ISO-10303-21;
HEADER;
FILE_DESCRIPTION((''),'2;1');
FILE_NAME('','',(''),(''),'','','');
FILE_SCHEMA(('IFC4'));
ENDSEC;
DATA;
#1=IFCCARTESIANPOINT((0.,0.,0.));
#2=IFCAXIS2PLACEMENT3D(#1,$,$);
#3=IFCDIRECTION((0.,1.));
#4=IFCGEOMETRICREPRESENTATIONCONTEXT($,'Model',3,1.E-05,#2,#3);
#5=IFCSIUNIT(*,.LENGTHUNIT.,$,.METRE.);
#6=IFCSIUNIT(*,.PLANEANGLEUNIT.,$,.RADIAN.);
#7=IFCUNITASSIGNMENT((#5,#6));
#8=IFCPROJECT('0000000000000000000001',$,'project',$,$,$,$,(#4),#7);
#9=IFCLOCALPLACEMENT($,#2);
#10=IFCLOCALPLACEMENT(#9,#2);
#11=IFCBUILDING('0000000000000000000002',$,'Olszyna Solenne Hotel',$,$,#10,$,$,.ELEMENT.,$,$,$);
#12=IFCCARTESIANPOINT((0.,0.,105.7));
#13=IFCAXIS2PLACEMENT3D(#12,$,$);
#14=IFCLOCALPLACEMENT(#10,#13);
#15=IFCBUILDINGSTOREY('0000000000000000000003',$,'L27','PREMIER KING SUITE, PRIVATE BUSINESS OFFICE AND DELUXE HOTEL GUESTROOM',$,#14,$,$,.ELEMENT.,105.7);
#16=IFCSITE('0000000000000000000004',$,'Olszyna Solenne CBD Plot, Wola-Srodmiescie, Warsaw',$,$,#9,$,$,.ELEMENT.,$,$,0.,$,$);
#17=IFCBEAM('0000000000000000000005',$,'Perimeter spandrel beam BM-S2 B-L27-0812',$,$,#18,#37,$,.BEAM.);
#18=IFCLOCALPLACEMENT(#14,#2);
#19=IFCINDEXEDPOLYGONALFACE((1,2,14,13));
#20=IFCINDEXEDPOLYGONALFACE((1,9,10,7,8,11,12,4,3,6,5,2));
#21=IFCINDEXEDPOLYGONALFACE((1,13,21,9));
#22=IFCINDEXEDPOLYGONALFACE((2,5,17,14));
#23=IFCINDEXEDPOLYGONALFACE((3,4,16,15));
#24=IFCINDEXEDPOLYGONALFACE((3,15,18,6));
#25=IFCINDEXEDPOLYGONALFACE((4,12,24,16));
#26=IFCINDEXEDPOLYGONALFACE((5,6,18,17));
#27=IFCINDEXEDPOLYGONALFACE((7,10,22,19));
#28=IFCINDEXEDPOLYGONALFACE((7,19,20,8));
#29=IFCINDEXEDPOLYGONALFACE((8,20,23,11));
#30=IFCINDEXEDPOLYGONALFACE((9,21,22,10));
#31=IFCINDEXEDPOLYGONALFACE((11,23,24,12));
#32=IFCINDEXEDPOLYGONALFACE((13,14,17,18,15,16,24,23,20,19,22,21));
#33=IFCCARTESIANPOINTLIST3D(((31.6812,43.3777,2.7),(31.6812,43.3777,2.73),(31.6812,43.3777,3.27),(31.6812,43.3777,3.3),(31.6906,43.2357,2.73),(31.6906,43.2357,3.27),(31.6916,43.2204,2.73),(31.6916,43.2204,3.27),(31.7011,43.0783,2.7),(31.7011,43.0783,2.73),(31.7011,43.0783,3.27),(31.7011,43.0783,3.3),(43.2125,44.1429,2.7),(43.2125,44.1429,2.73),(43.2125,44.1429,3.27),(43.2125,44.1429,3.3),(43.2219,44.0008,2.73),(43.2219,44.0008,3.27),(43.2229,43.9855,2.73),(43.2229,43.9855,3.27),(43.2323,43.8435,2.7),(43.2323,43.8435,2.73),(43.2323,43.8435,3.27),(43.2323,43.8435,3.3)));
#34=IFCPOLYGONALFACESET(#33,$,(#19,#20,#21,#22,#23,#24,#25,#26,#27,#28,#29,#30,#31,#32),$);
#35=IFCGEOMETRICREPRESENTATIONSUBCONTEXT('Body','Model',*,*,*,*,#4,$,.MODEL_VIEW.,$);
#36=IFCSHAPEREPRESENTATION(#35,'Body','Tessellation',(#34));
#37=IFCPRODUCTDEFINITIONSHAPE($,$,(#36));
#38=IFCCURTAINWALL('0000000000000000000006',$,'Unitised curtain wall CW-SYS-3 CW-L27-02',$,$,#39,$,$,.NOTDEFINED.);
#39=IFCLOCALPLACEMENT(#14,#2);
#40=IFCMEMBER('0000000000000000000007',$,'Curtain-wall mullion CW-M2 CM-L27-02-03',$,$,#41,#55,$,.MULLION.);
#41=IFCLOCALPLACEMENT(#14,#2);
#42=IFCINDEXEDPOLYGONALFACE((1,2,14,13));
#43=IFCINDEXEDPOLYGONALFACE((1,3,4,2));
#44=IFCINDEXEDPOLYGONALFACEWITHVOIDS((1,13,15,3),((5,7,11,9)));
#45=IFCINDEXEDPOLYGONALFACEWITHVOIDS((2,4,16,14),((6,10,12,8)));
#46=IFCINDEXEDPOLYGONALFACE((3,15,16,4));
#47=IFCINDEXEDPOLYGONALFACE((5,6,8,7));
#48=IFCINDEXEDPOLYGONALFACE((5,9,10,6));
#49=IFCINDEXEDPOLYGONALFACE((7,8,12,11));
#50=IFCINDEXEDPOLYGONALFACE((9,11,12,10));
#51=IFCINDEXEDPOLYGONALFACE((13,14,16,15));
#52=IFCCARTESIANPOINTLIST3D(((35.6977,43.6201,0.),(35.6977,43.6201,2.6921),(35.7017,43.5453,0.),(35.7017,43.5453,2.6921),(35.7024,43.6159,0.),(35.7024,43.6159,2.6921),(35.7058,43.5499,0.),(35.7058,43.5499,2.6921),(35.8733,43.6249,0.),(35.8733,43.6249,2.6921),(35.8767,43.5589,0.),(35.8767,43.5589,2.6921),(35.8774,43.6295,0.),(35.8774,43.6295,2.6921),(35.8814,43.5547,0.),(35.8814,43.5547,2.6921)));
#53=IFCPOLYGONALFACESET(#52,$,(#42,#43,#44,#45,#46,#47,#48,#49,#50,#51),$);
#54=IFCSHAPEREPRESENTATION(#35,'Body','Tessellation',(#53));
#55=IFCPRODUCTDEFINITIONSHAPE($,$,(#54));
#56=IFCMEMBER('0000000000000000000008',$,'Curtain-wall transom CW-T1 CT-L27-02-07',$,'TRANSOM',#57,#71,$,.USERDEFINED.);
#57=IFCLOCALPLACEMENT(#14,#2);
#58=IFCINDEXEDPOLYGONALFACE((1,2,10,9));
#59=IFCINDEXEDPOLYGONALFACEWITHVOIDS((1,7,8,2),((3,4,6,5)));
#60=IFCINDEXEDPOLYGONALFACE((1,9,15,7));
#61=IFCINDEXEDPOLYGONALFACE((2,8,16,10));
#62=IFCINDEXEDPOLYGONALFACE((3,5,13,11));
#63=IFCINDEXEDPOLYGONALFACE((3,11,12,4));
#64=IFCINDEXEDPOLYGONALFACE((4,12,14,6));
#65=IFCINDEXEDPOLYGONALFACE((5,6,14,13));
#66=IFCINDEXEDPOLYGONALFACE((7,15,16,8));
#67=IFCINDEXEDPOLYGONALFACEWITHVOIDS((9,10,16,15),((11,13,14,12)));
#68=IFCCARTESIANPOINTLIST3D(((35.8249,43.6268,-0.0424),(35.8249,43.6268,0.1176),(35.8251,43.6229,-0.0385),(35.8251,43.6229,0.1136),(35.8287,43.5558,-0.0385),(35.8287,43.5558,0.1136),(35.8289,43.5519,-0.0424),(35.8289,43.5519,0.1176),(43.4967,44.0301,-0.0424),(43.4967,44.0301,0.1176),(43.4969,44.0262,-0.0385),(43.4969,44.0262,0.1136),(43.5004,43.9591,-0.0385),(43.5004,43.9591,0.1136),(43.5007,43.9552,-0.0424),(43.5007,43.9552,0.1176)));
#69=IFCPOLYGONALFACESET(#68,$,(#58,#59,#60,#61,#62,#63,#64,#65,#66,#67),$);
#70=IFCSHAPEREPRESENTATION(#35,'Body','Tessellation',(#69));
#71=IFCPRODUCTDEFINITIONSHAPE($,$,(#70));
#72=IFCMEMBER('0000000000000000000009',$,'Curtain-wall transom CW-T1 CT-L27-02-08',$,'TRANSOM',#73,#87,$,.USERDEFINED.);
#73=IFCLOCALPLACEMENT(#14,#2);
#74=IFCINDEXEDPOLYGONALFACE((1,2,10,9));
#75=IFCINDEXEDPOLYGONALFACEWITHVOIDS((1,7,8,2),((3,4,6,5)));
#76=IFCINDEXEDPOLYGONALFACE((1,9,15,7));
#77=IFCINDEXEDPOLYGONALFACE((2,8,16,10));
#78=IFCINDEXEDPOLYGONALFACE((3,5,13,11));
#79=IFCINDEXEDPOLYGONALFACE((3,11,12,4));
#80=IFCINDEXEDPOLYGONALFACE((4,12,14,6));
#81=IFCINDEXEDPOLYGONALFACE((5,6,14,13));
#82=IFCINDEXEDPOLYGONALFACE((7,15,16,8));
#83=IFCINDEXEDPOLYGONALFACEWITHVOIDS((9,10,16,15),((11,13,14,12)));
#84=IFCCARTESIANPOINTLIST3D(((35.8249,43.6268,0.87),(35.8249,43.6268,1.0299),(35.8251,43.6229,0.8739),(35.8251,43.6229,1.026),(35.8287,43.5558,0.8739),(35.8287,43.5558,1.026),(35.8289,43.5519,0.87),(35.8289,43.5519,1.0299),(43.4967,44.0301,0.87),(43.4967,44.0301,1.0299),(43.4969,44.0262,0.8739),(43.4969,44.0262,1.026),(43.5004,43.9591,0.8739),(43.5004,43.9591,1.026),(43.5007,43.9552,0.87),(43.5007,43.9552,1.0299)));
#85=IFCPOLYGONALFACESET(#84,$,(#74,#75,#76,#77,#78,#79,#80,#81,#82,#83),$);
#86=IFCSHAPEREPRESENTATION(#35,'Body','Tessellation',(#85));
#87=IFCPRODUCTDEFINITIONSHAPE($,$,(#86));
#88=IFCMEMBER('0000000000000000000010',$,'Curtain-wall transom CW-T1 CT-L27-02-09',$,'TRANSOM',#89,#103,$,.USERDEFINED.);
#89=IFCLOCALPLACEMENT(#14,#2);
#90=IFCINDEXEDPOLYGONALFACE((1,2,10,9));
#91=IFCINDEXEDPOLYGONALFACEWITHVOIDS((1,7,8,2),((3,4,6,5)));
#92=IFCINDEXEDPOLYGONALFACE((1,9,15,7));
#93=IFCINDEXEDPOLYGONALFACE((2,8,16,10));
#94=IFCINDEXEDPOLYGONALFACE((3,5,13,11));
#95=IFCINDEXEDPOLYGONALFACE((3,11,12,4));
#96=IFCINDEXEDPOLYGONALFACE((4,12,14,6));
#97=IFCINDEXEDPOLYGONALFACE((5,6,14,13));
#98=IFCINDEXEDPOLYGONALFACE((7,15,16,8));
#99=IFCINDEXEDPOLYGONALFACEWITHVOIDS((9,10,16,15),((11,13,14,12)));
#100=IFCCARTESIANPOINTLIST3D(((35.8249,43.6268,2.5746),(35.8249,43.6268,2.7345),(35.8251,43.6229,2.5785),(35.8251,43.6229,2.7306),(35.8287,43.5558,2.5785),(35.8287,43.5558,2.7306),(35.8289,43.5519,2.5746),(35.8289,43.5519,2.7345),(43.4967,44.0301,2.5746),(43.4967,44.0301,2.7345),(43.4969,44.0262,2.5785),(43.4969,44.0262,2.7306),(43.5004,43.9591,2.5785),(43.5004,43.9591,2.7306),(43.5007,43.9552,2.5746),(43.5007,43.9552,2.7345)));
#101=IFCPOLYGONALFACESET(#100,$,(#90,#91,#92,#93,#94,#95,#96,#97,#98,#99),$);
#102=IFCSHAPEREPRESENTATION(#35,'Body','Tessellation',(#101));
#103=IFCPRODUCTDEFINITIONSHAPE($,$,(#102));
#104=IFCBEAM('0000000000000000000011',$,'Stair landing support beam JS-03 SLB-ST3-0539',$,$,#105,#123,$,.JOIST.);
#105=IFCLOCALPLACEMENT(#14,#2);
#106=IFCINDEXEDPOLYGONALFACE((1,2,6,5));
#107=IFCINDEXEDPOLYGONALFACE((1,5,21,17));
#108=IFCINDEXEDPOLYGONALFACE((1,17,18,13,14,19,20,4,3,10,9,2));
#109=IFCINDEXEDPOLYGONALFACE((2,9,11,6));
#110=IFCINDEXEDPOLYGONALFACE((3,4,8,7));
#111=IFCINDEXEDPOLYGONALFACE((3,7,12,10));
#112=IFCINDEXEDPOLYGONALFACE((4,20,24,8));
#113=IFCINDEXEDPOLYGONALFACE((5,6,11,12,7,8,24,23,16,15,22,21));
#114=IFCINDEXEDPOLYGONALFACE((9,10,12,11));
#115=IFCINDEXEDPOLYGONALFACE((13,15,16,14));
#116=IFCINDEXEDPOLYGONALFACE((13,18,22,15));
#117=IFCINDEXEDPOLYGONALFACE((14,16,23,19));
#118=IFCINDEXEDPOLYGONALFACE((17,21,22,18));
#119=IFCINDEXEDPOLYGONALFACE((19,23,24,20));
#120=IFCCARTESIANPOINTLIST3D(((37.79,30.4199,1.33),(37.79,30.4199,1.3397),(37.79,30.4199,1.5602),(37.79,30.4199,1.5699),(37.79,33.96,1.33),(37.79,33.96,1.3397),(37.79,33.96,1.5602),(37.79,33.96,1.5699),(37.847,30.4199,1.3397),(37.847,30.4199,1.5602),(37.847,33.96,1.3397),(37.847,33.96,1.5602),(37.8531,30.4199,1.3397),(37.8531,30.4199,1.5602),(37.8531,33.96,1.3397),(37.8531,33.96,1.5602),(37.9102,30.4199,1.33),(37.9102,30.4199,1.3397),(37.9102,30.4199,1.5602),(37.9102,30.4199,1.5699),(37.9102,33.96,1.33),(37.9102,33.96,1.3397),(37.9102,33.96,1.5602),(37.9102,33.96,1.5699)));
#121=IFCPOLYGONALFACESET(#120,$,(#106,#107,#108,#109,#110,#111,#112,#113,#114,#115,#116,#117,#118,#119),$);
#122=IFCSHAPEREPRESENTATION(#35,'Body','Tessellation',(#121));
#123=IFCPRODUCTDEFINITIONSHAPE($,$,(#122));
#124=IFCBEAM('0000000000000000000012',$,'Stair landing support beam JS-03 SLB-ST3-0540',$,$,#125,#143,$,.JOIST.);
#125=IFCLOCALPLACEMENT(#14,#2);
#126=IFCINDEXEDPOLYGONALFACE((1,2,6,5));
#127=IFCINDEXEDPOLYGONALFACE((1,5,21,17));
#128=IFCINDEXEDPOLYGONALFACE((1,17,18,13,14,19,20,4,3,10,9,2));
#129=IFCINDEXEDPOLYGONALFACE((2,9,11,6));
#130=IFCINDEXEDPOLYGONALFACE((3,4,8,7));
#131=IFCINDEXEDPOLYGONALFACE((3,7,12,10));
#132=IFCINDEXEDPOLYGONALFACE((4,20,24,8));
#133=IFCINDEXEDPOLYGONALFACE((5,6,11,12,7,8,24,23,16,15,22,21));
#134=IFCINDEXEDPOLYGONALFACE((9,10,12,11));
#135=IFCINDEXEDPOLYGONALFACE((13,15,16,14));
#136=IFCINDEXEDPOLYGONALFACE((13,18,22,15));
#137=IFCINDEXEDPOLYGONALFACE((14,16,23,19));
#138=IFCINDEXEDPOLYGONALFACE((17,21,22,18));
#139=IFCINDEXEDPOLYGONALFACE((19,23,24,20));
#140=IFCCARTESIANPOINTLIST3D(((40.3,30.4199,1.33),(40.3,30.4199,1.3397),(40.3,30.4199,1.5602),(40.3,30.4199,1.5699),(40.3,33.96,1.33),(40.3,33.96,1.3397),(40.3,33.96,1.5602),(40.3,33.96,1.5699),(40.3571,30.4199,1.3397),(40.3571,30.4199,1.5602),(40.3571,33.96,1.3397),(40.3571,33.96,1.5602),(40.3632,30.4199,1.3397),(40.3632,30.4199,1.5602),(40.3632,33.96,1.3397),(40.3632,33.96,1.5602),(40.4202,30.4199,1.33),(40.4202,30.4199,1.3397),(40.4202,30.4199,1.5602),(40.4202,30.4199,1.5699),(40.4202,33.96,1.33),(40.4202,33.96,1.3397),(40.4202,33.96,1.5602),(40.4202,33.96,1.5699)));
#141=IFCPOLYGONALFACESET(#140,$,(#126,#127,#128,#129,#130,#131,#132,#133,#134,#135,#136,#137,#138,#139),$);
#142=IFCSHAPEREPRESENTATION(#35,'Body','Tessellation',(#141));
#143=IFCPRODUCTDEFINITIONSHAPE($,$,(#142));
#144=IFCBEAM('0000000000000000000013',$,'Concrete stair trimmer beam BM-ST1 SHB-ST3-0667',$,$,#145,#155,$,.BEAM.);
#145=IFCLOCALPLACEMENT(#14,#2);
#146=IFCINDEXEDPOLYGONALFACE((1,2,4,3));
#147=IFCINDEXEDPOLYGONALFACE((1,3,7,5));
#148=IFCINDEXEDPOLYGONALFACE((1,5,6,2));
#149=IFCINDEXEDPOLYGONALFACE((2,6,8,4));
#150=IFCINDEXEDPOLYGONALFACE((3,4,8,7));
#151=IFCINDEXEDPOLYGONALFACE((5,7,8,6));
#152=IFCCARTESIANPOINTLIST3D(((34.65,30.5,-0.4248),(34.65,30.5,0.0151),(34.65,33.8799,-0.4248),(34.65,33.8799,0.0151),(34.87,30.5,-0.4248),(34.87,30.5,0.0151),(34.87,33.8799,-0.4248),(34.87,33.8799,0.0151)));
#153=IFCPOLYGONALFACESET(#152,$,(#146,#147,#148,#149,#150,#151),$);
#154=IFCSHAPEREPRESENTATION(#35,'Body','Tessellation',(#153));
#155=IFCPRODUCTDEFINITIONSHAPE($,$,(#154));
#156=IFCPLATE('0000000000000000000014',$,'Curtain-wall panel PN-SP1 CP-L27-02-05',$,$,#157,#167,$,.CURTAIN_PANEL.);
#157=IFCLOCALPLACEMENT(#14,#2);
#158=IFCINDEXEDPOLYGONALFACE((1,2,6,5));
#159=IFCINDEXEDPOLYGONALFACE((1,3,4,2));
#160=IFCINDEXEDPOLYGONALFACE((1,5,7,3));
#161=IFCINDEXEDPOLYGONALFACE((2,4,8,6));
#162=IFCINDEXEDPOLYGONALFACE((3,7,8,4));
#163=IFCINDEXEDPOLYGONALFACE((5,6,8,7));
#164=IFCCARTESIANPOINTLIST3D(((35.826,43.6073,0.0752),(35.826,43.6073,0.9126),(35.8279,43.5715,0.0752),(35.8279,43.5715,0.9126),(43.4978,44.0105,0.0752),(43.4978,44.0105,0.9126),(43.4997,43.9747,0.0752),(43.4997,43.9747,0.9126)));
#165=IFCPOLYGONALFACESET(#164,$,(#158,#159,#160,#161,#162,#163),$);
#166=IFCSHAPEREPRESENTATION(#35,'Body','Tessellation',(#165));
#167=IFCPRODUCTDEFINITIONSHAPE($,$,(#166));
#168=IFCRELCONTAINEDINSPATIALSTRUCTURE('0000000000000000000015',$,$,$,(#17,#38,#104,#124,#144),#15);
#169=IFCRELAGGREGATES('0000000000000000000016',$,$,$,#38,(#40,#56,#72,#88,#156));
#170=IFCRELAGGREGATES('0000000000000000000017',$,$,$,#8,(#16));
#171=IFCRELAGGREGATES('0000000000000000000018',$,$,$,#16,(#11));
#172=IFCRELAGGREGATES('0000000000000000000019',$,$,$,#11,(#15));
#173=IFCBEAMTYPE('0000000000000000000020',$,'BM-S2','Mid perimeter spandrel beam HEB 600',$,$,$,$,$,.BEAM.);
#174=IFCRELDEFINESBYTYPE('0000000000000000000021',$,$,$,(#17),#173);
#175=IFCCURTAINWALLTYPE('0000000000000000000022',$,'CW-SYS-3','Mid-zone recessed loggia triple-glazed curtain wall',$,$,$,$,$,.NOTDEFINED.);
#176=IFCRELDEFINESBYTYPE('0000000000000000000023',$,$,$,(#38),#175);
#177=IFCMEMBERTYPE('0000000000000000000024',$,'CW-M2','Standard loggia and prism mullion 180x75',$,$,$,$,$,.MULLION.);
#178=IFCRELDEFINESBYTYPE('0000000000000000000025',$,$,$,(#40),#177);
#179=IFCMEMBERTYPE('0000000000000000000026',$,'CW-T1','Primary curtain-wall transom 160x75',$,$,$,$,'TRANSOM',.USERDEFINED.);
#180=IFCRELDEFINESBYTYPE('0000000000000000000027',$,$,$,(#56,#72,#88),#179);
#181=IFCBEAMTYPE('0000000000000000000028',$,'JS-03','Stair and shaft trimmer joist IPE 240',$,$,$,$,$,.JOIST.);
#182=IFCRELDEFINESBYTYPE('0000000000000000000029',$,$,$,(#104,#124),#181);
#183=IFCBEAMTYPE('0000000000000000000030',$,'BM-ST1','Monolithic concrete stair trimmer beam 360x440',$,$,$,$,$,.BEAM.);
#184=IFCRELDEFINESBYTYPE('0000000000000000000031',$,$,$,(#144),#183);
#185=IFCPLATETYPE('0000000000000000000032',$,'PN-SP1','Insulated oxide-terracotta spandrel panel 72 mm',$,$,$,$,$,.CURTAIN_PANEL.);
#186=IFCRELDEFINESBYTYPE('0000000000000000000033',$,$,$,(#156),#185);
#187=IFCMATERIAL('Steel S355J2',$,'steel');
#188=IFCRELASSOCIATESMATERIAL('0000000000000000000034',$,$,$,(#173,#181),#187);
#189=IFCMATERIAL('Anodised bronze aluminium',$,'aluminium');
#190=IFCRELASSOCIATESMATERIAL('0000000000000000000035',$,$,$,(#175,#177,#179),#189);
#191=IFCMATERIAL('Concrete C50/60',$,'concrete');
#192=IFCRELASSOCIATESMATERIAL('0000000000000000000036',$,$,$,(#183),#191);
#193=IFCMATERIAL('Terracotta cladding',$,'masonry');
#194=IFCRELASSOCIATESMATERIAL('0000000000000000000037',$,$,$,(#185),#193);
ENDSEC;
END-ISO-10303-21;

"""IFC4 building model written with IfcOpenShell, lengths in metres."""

from ifc_helpers import new_model, si_unit, direction, frame, origin, origin_2d, place, context, subcontext, project, spatial, rectangle, hollow_rectangle, i_section, extrude, source, transform, mapped, material, material_profile, profile_set, type_object, element, aggregate, save


model = new_model("IFC4")

# Units and contexts
model_context = context("Model", 3, precision=1e-05, world=origin(), true_north=direction((0.0, 1.0)))
body_context = subcontext(model_context, "Body", "Model", "MODEL_VIEW")
ifc_project = project(units=[si_unit("LENGTHUNIT", "METRE"), si_unit("PLANEANGLEUNIT", "RADIAN")], contexts=[model_context])

# Site, building, storey
site_placement = place(None, origin())
site = spatial("IfcSite", under=ifc_project, at=site_placement, Name="Olszyna Solenne CBD Plot, Wola-Srodmiescie, Warsaw", CompositionType="ELEMENT", RefElevation=0.0)
building_placement = place(site_placement, origin())
building = spatial("IfcBuilding", under=site, at=building_placement, Name="Olszyna Solenne Hotel", CompositionType="ELEMENT")
storey_placement = place(building_placement, frame((0.0, 0.0, 105.7)))
storey = spatial("IfcBuildingStorey", under=building, at=storey_placement, Name="L27", Description="PREMIER KING SUITE, PRIVATE BUSINESS OFFICE AND DELUXE HOTEL GUESTROOM", CompositionType="ELEMENT", Elevation=105.7)

# Beam
ifc_material_1 = material(Name="Steel S355J2", Category="steel")
ifc_material_profile_1 = material_profile(ifc_material_1, i_section(OverallWidth=0.3, OverallDepth=0.6001, WebThickness=0.0154, FlangeThickness=0.03, at=origin_2d()), Name="HEB 600", Category="load-bearing")
ifc_profile_set_1 = profile_set([ifc_material_profile_1], Name="Steel S355J2")
beam_type_1 = type_object("IfcBeamType", Name="BM-S2", Description="Mid perimeter spandrel beam HEB 600", PredefinedType="BEAM", material=ifc_profile_set_1)
shared_shape_1 = source(origin(), body_context, "Body", "SweptSolid", [
    extrude(i_section(OverallWidth=0.3, OverallDepth=0.6001, WebThickness=0.0154, FlangeThickness=0.03, at=origin_2d()), origin(), (0.0, 0.0, 1.0), 11.5566),
])
beam_1_placement = place(storey_placement, frame((43.2224, 43.9932, 3.0), z_axis=(-0.997806, -0.066208, 0.0), x_axis=(0.066208, -0.997806, 0.0)))
element("IfcBeam", 1, at=beam_1_placement, inside=storey, type_object=beam_type_1, Name="Perimeter spandrel beam BM-S2 B-L27-0812", PredefinedType="BEAM", context=body_context, shape_type="MappedRepresentation", body=[
    mapped(shared_shape_1, transform((0.0, 0.0, 0.0), x_axis=(1.0, 0.0, 0.0), y_axis=(0.0, 1.0, 0.0), z_axis=(0.0, 0.0, 1.0), scale=1.0)),
])

# Curtain wall, members
ifc_material_2 = material(Name="Anodised bronze aluminium", Category="aluminium")
curtain_wall_type = type_object("IfcCurtainWallType", Name="CW-SYS-3", Description="Mid-zone recessed loggia triple-glazed curtain wall", PredefinedType="NOTDEFINED", material=ifc_material_2)
curtain_wall_placement = place(storey_placement, origin())
curtain_wall = element("IfcCurtainWall", 2, at=curtain_wall_placement, inside=storey, type_object=curtain_wall_type, Name="Unitised curtain wall CW-SYS-3 CW-L27-02", PredefinedType="NOTDEFINED")
ifc_material_profile_2 = material_profile(ifc_material_2, hollow_rectangle(XDim=0.075, YDim=0.1799, WallThickness=0.0044, at=origin_2d()), Name="MULL 180x75x4.5", Category="load-bearing")
ifc_profile_set_2 = profile_set([ifc_material_profile_2], Name="Anodised bronze aluminium")
member_type_1 = type_object("IfcMemberType", Name="CW-M2", Description="Standard loggia and prism mullion 180x75", PredefinedType="MULLION", material=ifc_profile_set_2)
shared_shape_2 = source(origin(), body_context, "Body", "SweptSolid", [
    extrude(hollow_rectangle(XDim=0.075, YDim=0.1799, WallThickness=0.0044, at=origin_2d()), origin(), (0.0, 0.0, 1.0), 2.6921),
])
member_1_placement = place(storey_placement, frame((35.7896, 43.5874, 0.0), z_axis=(0.0, 0.0, 1.0), x_axis=(-0.052483, 0.998622, 0.0)))
member_1 = element("IfcMember", 3, at=member_1_placement, type_object=member_type_1, Name="Curtain-wall mullion CW-M2 CM-L27-02-03", PredefinedType="MULLION", context=body_context, shape_type="MappedRepresentation", body=[
    mapped(shared_shape_2, transform((0.0, 0.0, 0.0), x_axis=(1.0, 0.0, 0.0), y_axis=(0.0, 1.0, 0.0), z_axis=(0.0, 0.0, 1.0), scale=1.0)),
])
ifc_material_profile_3 = material_profile(ifc_material_2, hollow_rectangle(XDim=0.075, YDim=0.1599, WallThickness=0.0039, at=origin_2d()), Name="TRAN 160x75x4", Category="load-bearing")
ifc_profile_set_3 = profile_set([ifc_material_profile_3], Name="Anodised bronze aluminium")
member_type_2 = type_object("IfcMemberType", Name="CW-T1", Description="Primary curtain-wall transom 160x75", ElementType="TRANSOM", PredefinedType="USERDEFINED", material=ifc_profile_set_3)
shared_shape_3 = source(origin(), body_context, "Body", "SweptSolid", [
    extrude(hollow_rectangle(XDim=0.075, YDim=0.1599, WallThickness=0.0039, at=origin_2d()), origin(), (0.0, 0.0, 1.0), 7.6824),
])
member_2_placement = place(storey_placement, frame((35.8269, 43.5894, 0.0376), z_axis=(0.998621, 0.052499, 0.0), x_axis=(-0.052499, 0.998621, 0.0)))
member_2 = element("IfcMember", 4, at=member_2_placement, type_object=member_type_2, Name="Curtain-wall transom CW-T1 CT-L27-02-07", ObjectType="TRANSOM", PredefinedType="USERDEFINED", context=body_context, shape_type="MappedRepresentation", body=[
    mapped(shared_shape_3, transform((0.0, 0.0, 0.0), x_axis=(1.0, 0.0, 0.0), y_axis=(0.0, 1.0, 0.0), z_axis=(0.0, 0.0, 1.0), scale=1.0)),
])
member_3_placement = place(storey_placement, frame((35.8269, 43.5894, 0.95), z_axis=(0.998621, 0.052499, 0.0), x_axis=(-0.052499, 0.998621, 0.0)))
member_3 = element("IfcMember", 5, at=member_3_placement, type_object=member_type_2, Name="Curtain-wall transom CW-T1 CT-L27-02-08", ObjectType="TRANSOM", PredefinedType="USERDEFINED", context=body_context, shape_type="MappedRepresentation", body=[
    mapped(shared_shape_3, transform((0.0, 0.0, 0.0), x_axis=(1.0, 0.0, 0.0), y_axis=(0.0, 1.0, 0.0), z_axis=(0.0, 0.0, 1.0), scale=1.0)),
])
member_4_placement = place(storey_placement, frame((35.8269, 43.5894, 2.6545), z_axis=(0.998621, 0.052499, 0.0), x_axis=(-0.052499, 0.998621, 0.0)))
member_4 = element("IfcMember", 6, at=member_4_placement, type_object=member_type_2, Name="Curtain-wall transom CW-T1 CT-L27-02-09", ObjectType="TRANSOM", PredefinedType="USERDEFINED", context=body_context, shape_type="MappedRepresentation", body=[
    mapped(shared_shape_3, transform((0.0, 0.0, 0.0), x_axis=(1.0, 0.0, 0.0), y_axis=(0.0, 1.0, 0.0), z_axis=(0.0, 0.0, 1.0), scale=1.0)),
])

# Beams
ifc_material_profile_4 = material_profile(ifc_material_1, i_section(OverallWidth=0.1201, OverallDepth=0.24, WebThickness=0.0061, FlangeThickness=0.0098, at=origin_2d()), Name="IPE 240", Category="load-bearing")
ifc_profile_set_4 = profile_set([ifc_material_profile_4], Name="Steel S355J2")
beam_type_2 = type_object("IfcBeamType", Name="JS-03", Description="Stair and shaft trimmer joist IPE 240", PredefinedType="JOIST", material=ifc_profile_set_4)
shared_shape_4 = source(origin(), body_context, "Body", "SweptSolid", [
    extrude(i_section(OverallWidth=0.1201, OverallDepth=0.24, WebThickness=0.0061, FlangeThickness=0.0098, at=origin_2d()), origin(), (0.0, 0.0, 1.0), 3.54),
])
for number, where, z_axis, x_axis, name in (
    (7, (37.8501, 30.4199, 1.45), (0.0, 1.0, 0.0), (-1.0, 0.0, 0.0), "Stair landing support beam JS-03 SLB-ST3-0539"),
    (8, (40.3601, 30.4199, 1.45), (0.0, 1.0, 0.0), (-1.0, 0.0, 0.0), "Stair landing support beam JS-03 SLB-ST3-0540"),
):
    element("IfcBeam", number, at=place(storey_placement, frame(where, z_axis=z_axis, x_axis=x_axis)), inside=storey, type_object=beam_type_2, Name=name, PredefinedType="JOIST", context=body_context, shape_type="MappedRepresentation", body=[
        mapped(shared_shape_4, transform((0.0, 0.0, 0.0), x_axis=(1.0, 0.0, 0.0), y_axis=(0.0, 1.0, 0.0), z_axis=(0.0, 0.0, 1.0), scale=1.0)),
    ])
ifc_material_3 = material(Name="Concrete C50/60", Category="concrete")
ifc_material_profile_5 = material_profile(ifc_material_3, rectangle(XDim=0.22, YDim=0.4399, at=origin_2d()), Name="RC 220x440", Category="load-bearing")
ifc_profile_set_5 = profile_set([ifc_material_profile_5], Name="Concrete C50/60")
beam_type_3 = type_object("IfcBeamType", Name="BM-ST1", Description="Monolithic concrete stair trimmer beam 360x440", PredefinedType="BEAM", material=ifc_profile_set_5)
shared_shape_5 = source(origin(), body_context, "Body", "SweptSolid", [
    extrude(rectangle(XDim=0.22, YDim=0.4399, at=origin_2d()), origin(), (0.0, 0.0, 1.0), 3.3799),
])
beam_2_placement = place(storey_placement, frame((34.76, 30.5, -0.2048), z_axis=(0.0, 1.0, 0.0), x_axis=(-1.0, 0.0, 0.0)))
element("IfcBeam", 9, at=beam_2_placement, inside=storey, type_object=beam_type_3, Name="Concrete stair trimmer beam BM-ST1 SHB-ST3-0667", PredefinedType="BEAM", context=body_context, shape_type="MappedRepresentation", body=[
    mapped(shared_shape_5, transform((0.0, 0.0, 0.0), x_axis=(1.0, 0.0, 0.0), y_axis=(0.0, 1.0, 0.0), z_axis=(0.0, 0.0, 1.0), scale=1.0)),
])

# Plate
ifc_material_4 = material(Name="Terracotta cladding", Category="masonry")
plate_type_1 = type_object("IfcPlateType", Name="PN-SP1", Description="Insulated oxide-terracotta spandrel panel 72 mm", PredefinedType="CURTAIN_PANEL", material=ifc_material_4)
shared_shape_6 = source(origin(), body_context, "Body", "SweptSolid", [
    extrude(rectangle(XDim=7.6824, YDim=0.0359, at=origin_2d()), origin(), (0.0, 0.0, 1.0), 0.8374),
])
plate_1_placement = place(storey_placement, frame((39.6628, 43.791, 0.0752), z_axis=(0.0, 0.0, 1.0), x_axis=(0.998622, 0.052483, 0.0)))
plate_1 = element("IfcPlate", 10, at=plate_1_placement, type_object=plate_type_1, Name="Curtain-wall panel PN-SP1 CP-L27-02-05", PredefinedType="CURTAIN_PANEL", context=body_context, shape_type="MappedRepresentation", body=[
    mapped(shared_shape_6, transform((0.0, 0.0, 0.0), x_axis=(1.0, 0.0, 0.0), y_axis=(0.0, 1.0, 0.0), z_axis=(0.0, 0.0, 1.0), scale=1.0)),
])
aggregate(curtain_wall, [member_1, member_2, member_3, member_4, plate_1])

save(model, "model.ifc")
